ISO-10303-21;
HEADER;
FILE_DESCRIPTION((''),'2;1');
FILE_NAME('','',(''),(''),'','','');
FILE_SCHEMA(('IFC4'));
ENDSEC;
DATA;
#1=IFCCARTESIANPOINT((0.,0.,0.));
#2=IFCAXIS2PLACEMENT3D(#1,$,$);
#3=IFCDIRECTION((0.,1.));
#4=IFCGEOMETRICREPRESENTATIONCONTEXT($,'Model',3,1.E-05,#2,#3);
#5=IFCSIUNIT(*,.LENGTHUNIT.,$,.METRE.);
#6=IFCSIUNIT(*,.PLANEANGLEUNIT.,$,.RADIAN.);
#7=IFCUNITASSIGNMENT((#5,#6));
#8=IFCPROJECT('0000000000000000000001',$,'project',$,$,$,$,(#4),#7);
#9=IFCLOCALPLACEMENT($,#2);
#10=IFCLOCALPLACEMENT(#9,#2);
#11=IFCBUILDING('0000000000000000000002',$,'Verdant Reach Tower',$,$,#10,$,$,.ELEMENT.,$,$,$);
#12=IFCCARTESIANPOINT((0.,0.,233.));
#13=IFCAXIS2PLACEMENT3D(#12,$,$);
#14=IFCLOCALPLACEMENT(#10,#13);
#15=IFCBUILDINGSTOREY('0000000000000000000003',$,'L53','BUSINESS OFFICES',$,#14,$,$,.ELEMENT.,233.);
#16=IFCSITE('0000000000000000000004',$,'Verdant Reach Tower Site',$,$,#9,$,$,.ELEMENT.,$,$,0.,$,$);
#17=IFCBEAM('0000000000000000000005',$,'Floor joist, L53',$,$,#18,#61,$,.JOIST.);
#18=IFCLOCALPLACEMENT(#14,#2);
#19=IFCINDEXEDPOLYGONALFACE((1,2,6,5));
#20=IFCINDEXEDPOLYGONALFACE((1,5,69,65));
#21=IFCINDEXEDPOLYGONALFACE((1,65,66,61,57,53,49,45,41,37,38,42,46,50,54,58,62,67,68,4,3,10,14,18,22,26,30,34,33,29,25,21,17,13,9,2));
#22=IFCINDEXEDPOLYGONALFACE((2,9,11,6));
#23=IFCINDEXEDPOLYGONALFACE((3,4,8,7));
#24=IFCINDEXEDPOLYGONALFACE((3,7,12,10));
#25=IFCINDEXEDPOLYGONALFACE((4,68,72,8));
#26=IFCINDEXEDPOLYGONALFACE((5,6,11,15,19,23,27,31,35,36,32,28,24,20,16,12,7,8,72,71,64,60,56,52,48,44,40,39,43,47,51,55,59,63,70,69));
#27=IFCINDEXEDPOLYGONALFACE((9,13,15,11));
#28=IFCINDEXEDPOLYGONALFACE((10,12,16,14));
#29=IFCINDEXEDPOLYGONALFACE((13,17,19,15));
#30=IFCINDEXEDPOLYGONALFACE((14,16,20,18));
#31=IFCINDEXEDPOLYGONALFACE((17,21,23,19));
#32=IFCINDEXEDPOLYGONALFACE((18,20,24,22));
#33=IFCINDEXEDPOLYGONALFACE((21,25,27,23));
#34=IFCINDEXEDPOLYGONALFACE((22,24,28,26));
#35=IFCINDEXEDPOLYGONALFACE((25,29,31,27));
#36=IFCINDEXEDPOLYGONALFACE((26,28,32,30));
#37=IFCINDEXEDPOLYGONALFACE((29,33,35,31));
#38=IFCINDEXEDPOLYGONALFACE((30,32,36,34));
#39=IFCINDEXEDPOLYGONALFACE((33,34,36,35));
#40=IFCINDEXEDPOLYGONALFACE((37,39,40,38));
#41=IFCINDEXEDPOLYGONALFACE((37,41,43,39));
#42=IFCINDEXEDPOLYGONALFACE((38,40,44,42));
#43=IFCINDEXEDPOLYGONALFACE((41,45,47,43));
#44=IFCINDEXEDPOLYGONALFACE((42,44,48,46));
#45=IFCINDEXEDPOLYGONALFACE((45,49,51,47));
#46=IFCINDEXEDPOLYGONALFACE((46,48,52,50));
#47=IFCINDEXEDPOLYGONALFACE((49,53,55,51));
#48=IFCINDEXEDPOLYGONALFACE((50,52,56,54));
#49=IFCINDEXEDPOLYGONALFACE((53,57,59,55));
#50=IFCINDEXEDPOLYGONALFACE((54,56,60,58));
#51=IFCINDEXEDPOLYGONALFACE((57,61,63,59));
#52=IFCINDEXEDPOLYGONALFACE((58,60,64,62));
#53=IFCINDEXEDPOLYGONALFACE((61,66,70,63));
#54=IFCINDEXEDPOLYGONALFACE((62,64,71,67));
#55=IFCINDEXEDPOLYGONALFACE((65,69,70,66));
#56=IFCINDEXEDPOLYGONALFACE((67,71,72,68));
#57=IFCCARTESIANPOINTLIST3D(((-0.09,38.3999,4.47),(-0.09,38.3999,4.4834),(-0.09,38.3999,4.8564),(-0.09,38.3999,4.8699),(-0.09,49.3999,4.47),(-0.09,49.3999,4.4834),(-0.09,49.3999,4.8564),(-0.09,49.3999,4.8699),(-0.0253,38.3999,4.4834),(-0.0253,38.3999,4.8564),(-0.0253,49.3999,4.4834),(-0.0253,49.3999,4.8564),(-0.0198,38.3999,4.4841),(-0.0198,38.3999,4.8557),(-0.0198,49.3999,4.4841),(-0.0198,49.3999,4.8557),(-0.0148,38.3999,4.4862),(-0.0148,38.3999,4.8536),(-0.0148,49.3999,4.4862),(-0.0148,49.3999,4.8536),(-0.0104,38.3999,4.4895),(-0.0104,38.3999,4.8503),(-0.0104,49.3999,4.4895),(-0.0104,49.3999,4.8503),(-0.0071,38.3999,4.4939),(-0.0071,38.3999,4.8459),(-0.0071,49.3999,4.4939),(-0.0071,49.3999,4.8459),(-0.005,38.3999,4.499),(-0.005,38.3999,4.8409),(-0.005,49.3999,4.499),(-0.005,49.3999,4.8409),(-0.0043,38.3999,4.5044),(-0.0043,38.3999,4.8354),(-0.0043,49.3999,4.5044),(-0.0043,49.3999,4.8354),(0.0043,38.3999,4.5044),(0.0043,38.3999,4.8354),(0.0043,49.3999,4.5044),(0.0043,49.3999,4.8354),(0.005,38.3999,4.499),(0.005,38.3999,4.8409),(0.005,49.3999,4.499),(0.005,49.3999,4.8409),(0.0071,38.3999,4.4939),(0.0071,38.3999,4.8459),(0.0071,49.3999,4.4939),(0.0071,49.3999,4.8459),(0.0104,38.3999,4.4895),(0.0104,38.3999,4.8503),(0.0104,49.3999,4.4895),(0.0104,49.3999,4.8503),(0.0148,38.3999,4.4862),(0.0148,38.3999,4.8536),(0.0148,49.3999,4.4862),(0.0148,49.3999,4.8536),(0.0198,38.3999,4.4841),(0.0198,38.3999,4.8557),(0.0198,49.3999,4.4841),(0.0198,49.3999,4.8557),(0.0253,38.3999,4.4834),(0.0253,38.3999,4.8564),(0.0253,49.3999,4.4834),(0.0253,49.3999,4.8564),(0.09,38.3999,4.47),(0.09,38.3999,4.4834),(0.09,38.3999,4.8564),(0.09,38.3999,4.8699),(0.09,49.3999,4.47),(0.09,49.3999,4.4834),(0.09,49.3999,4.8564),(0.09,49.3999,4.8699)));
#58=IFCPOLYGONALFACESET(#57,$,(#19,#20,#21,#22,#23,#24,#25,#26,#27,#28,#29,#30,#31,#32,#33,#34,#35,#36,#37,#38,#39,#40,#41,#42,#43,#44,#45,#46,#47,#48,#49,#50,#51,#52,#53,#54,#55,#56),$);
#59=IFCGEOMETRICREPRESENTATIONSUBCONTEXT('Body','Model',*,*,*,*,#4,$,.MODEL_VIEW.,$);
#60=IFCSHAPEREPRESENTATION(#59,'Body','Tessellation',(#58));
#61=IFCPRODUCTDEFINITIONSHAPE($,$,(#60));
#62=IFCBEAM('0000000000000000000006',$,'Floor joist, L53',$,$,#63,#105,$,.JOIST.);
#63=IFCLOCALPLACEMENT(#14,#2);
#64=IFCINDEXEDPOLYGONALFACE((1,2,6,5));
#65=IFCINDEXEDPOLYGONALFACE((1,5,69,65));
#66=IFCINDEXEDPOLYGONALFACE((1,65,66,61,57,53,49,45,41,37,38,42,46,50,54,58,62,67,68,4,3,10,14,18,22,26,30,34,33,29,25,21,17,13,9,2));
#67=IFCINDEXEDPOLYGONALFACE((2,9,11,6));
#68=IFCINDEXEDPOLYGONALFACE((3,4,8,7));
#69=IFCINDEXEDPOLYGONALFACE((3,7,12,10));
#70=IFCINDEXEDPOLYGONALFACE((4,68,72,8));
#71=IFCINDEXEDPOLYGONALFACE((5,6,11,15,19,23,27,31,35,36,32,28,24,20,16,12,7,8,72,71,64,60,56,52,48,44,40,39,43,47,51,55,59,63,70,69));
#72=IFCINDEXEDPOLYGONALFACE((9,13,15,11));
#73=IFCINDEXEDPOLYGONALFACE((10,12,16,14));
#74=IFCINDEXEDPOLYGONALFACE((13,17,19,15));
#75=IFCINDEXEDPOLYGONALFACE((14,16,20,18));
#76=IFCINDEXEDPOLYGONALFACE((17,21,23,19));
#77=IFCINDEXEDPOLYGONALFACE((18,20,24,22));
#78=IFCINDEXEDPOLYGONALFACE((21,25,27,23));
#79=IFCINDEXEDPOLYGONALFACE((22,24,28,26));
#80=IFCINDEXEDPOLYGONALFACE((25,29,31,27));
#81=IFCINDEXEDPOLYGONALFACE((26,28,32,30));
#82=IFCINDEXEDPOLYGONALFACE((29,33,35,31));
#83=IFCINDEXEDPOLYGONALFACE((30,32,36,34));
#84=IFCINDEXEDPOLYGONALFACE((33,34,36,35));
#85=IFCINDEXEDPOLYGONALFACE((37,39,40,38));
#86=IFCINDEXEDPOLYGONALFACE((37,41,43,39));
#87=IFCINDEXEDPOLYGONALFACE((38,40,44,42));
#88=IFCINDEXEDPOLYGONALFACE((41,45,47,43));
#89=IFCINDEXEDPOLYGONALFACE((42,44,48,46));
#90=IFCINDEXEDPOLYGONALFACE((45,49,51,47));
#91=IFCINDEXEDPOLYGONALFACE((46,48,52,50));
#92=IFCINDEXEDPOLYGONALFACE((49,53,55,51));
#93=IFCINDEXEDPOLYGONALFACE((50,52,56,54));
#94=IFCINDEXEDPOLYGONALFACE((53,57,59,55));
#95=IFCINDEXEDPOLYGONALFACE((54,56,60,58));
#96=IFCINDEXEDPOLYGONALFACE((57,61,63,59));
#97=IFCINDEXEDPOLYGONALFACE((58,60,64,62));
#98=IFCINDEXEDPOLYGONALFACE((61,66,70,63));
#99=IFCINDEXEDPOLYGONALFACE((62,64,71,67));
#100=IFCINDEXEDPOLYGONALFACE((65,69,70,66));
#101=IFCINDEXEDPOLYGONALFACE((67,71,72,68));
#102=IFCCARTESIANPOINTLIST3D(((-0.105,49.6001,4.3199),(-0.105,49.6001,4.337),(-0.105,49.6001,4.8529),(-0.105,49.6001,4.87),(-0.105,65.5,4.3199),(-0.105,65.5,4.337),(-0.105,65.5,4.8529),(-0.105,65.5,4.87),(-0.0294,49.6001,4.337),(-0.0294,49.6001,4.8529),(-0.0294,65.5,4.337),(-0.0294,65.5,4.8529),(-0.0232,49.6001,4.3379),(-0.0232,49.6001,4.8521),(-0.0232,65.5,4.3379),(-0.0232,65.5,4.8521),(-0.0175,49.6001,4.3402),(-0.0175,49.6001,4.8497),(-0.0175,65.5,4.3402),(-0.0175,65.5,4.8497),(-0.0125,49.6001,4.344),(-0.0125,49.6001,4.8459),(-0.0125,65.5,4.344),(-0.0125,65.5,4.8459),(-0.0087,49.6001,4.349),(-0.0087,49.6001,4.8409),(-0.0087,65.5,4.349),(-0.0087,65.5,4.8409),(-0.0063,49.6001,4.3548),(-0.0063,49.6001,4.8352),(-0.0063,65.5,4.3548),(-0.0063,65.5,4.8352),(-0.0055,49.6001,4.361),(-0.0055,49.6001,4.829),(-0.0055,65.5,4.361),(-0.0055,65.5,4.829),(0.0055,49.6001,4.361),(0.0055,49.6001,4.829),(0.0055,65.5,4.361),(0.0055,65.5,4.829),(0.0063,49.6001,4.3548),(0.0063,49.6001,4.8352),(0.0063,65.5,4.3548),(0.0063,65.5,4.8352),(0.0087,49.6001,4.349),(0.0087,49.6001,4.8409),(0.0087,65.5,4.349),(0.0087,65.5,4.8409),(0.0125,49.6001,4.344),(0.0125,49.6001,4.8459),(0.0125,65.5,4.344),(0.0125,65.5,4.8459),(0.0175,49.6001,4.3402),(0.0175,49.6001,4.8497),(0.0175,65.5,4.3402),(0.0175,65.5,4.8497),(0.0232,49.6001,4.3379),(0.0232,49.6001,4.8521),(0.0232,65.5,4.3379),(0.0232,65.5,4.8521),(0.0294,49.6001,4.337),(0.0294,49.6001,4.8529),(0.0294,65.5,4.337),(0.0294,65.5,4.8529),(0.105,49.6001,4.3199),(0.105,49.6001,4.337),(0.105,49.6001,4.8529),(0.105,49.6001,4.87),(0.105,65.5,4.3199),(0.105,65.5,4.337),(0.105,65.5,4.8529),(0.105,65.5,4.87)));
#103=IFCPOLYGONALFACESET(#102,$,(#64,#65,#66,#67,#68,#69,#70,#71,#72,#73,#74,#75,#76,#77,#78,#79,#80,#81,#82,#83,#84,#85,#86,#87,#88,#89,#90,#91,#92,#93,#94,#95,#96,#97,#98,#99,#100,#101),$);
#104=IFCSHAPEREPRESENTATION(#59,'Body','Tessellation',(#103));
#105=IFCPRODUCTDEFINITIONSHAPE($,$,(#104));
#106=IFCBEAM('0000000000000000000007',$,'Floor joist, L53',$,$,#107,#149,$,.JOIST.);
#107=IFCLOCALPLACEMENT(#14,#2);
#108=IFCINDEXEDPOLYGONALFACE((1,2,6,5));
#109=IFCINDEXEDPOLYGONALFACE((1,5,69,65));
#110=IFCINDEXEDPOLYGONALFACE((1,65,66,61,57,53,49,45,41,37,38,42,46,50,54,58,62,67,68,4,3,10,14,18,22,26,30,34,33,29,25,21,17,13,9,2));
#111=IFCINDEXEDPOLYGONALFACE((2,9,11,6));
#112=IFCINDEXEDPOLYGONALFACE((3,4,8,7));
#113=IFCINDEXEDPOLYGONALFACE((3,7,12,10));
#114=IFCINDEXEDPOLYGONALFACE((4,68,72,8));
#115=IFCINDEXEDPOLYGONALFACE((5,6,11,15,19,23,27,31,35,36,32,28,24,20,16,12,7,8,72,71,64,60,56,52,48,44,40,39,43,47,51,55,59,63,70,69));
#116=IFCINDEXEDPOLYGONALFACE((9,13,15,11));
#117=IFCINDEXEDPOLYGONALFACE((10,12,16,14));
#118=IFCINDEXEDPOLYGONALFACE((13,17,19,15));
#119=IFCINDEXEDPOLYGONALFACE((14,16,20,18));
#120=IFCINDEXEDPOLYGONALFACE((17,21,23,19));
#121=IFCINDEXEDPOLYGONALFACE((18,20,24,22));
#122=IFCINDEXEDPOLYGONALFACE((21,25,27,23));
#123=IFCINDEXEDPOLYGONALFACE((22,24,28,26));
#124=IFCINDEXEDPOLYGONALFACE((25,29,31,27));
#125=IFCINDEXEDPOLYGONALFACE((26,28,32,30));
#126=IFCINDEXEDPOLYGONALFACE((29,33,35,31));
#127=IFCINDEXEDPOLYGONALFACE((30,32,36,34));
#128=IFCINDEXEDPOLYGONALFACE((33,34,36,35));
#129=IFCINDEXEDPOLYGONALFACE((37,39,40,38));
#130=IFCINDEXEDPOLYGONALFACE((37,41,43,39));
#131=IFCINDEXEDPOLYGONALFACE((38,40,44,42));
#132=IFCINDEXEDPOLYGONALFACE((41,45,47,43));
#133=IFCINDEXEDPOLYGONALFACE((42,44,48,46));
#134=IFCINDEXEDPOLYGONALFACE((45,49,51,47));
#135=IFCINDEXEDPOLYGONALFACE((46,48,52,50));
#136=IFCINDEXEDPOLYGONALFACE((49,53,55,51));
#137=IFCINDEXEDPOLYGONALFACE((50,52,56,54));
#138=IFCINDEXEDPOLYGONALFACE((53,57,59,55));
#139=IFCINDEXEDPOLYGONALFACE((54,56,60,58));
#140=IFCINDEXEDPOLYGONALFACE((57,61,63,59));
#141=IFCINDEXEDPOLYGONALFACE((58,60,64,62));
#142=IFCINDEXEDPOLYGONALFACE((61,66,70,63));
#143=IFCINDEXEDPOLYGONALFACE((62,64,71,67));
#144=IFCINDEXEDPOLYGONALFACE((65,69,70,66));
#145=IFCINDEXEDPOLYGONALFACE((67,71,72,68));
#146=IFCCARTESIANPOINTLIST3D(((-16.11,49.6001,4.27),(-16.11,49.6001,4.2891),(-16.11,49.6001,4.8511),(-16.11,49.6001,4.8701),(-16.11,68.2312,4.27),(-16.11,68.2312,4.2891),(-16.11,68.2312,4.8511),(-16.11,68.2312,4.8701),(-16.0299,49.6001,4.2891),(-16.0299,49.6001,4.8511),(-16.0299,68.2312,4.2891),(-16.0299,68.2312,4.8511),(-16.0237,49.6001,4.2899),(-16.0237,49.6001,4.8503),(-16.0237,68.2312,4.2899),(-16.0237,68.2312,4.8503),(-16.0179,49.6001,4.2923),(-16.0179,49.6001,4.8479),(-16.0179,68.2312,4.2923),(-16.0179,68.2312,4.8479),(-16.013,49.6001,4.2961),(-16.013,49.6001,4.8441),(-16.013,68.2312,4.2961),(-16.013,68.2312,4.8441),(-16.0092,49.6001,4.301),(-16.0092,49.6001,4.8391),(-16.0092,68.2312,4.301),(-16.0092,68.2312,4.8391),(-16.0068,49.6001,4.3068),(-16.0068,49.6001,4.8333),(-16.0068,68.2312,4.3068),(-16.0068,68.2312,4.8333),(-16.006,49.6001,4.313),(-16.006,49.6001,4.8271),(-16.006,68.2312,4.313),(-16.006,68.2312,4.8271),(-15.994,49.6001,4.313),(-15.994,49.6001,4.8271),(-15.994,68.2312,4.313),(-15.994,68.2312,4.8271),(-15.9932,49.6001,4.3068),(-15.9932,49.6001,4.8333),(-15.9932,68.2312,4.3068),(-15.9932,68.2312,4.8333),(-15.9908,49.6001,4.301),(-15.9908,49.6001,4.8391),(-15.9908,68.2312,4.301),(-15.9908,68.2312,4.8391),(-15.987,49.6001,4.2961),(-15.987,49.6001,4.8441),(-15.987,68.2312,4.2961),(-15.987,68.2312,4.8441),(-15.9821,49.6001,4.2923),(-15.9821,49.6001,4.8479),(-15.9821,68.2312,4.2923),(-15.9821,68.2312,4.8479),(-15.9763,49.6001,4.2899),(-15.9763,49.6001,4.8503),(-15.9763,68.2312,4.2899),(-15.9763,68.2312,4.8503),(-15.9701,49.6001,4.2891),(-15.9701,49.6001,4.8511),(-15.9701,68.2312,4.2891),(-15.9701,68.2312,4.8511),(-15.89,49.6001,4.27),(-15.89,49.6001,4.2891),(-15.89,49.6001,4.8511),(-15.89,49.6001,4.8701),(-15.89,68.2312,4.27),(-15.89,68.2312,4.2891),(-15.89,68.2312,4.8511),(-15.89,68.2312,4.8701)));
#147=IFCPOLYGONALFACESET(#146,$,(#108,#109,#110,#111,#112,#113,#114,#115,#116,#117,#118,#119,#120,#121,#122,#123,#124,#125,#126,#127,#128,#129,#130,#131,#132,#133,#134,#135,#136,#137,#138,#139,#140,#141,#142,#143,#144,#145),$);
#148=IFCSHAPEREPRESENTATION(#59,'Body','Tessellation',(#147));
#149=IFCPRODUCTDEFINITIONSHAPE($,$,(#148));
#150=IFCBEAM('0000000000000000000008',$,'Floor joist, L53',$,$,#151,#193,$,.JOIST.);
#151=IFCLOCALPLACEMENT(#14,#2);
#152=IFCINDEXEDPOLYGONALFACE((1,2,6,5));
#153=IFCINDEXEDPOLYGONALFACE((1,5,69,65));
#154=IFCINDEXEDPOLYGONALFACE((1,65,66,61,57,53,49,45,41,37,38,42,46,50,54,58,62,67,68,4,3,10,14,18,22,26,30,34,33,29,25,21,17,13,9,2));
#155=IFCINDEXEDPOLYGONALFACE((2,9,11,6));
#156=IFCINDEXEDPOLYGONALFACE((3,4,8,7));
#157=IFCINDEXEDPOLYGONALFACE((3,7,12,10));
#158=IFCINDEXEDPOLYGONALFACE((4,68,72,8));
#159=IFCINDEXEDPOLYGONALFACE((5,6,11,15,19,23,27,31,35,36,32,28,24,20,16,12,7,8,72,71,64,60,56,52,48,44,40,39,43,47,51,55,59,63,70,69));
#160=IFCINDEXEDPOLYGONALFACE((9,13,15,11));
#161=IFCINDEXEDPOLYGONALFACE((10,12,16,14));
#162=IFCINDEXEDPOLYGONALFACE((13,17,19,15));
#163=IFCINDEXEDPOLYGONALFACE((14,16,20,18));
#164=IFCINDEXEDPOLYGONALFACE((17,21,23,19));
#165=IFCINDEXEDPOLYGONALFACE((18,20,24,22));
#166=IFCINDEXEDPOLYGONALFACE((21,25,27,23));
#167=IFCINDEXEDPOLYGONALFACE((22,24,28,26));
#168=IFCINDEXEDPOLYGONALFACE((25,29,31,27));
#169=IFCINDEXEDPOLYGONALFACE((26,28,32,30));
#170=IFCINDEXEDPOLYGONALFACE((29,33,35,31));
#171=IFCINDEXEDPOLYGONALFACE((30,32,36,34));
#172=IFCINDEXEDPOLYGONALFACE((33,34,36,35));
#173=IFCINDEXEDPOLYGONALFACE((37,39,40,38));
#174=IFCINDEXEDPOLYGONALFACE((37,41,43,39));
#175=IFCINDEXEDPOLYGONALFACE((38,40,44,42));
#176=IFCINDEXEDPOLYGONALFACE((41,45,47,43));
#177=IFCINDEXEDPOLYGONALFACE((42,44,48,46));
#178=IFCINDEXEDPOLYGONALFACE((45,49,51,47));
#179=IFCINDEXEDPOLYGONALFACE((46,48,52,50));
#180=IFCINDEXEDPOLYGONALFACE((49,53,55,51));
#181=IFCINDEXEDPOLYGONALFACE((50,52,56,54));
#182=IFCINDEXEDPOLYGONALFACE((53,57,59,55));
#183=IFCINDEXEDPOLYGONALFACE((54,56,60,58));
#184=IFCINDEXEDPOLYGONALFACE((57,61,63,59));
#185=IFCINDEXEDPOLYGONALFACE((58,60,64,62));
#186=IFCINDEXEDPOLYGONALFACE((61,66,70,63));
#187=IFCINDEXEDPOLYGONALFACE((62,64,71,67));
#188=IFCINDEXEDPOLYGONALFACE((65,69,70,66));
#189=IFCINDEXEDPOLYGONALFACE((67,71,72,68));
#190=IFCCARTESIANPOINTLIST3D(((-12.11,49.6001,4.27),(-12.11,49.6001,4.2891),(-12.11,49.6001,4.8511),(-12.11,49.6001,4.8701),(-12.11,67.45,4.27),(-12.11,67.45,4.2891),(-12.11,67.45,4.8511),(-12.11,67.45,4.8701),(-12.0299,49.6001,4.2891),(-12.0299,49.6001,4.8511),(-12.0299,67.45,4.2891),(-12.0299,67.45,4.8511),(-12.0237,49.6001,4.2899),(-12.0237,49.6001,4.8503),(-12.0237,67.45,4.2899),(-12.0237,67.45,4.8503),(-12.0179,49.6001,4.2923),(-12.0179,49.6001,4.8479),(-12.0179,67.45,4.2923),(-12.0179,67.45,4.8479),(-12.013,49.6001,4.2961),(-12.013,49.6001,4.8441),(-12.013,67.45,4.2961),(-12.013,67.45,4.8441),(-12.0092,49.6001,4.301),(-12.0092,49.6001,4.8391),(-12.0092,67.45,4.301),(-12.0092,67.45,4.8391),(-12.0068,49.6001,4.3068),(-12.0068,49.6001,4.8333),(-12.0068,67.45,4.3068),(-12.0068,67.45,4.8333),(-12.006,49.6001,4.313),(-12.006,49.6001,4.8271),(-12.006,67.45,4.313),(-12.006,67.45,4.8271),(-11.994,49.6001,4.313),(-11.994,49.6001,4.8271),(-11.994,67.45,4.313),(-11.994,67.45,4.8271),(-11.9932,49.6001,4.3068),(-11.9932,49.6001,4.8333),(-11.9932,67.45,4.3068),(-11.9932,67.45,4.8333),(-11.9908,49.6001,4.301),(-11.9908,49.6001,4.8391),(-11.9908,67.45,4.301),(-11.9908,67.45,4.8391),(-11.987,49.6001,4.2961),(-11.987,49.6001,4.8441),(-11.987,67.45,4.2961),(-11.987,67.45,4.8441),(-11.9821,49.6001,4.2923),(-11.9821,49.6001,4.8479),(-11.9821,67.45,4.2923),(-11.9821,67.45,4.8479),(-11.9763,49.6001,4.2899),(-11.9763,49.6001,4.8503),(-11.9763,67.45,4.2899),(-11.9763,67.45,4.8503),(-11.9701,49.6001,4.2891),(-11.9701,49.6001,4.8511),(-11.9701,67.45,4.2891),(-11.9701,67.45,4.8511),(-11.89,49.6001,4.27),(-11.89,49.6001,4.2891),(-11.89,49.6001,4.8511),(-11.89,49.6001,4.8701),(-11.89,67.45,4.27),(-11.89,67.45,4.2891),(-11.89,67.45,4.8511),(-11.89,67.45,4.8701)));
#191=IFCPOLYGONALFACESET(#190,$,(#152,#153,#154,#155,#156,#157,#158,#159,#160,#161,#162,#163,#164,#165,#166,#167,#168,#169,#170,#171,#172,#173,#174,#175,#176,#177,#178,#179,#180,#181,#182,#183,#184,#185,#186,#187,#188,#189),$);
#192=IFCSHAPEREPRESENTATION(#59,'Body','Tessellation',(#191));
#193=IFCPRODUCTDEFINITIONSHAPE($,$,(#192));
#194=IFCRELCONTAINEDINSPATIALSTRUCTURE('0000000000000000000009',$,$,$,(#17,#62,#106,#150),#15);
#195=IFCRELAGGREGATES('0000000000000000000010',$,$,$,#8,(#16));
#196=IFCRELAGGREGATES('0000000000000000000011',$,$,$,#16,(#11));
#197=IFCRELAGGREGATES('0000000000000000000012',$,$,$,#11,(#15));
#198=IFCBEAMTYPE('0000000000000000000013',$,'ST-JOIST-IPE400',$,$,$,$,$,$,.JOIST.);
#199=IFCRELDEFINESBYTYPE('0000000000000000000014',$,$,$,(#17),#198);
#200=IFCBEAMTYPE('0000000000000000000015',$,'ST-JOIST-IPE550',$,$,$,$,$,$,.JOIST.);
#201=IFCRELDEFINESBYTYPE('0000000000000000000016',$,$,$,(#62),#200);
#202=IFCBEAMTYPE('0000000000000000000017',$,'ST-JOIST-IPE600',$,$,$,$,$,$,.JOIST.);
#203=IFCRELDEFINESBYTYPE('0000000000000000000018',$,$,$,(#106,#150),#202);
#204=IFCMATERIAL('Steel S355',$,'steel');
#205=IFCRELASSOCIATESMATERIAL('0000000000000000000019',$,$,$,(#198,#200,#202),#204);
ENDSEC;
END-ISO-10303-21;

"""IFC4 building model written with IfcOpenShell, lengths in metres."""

from ifc_helpers import new_model, si_unit, direction, frame, origin, origin_2d, place, context, subcontext, project, spatial, i_section, extrude, material, material_profile, profile_set, type_object, element, save


model = new_model("IFC4")

# Units and contexts
model_context = context("Model", 3, precision=1e-05, world=origin(), true_north=direction((0.0, 1.0)))
body_context = subcontext(model_context, "Body", "Model", "MODEL_VIEW")
ifc_project = project(units=[si_unit("LENGTHUNIT", "METRE"), si_unit("PLANEANGLEUNIT", "RADIAN")], contexts=[model_context])

# Site, building, storey
site_placement = place(None, origin())
site = spatial("IfcSite", under=ifc_project, at=site_placement, Name="Verdant Reach Tower Site", CompositionType="ELEMENT", RefElevation=0.0)
building_placement = place(site_placement, origin())
building = spatial("IfcBuilding", under=site, at=building_placement, Name="Verdant Reach Tower", CompositionType="ELEMENT")
storey_placement = place(building_placement, frame((0.0, 0.0, 233.0)))
storey = spatial("IfcBuildingStorey", under=building, at=storey_placement, Name="L53", Description="BUSINESS OFFICES", CompositionType="ELEMENT", Elevation=233.0)

# Beams
ifc_material_1 = material(Name="Steel S355", Category="steel")
ifc_material_profile_1 = material_profile(ifc_material_1, i_section(OverallWidth=0.1799, OverallDepth=0.3999, WebThickness=0.0085, FlangeThickness=0.0134, FilletRadius=0.021, at=origin_2d()), Name="IPE 400")
ifc_profile_set_1 = profile_set([ifc_material_profile_1], Name="Steel S355")
beam_type_1 = type_object("IfcBeamType", Name="ST-JOIST-IPE400", PredefinedType="JOIST", material=ifc_profile_set_1)
for number, where, z_axis, x_axis, name in (
    (1, (0.0, 38.3999, 4.6699), (0.0, 1.0, 0.0), (-1.0, 0.0, 0.0), "Floor joist, L53"),
):
    element("IfcBeam", number, at=place(storey_placement, frame(where, z_axis=z_axis, x_axis=x_axis)), inside=storey, type_object=beam_type_1, Name=name, PredefinedType="JOIST", context=body_context, shape_type="SweptSolid", body=[
        extrude(i_section(OverallWidth=0.1799, OverallDepth=0.3999, WebThickness=0.0085, FlangeThickness=0.0134, FilletRadius=0.021, at=origin_2d()), origin(), (0.0, 0.0, 1.0), 11.0),
    ])
ifc_material_profile_2 = material_profile(ifc_material_1, i_section(OverallWidth=0.21, OverallDepth=0.55, WebThickness=0.011, FlangeThickness=0.0171, FilletRadius=0.0239, at=origin_2d()), Name="IPE 550")
ifc_profile_set_2 = profile_set([ifc_material_profile_2], Name="Steel S355")
beam_type_2 = type_object("IfcBeamType", Name="ST-JOIST-IPE550", PredefinedType="JOIST", material=ifc_profile_set_2)
beam_1_placement = place(storey_placement, frame((0.0, 49.6001, 4.595), z_axis=(0.0, 1.0, 0.0), x_axis=(-1.0, 0.0, 0.0)))
element("IfcBeam", 2, at=beam_1_placement, inside=storey, type_object=beam_type_2, Name="Floor joist, L53", PredefinedType="JOIST", context=body_context, shape_type="SweptSolid", body=[
    extrude(i_section(OverallWidth=0.21, OverallDepth=0.55, WebThickness=0.011, FlangeThickness=0.0171, FilletRadius=0.0239, at=origin_2d()), origin(), (0.0, 0.0, 1.0), 15.8999),
])
ifc_material_profile_3 = material_profile(ifc_material_1, i_section(OverallWidth=0.22, OverallDepth=0.6001, WebThickness=0.012, FlangeThickness=0.019, FilletRadius=0.0239, at=origin_2d()), Name="IPE 600")
ifc_profile_set_3 = profile_set([ifc_material_profile_3], Name="Steel S355")
beam_type_3 = type_object("IfcBeamType", Name="ST-JOIST-IPE600", PredefinedType="JOIST", material=ifc_profile_set_3)
beam_2_placement = place(storey_placement, frame((-16.0, 49.6001, 4.5701), z_axis=(0.0, 1.0, 0.0), x_axis=(-1.0, 0.0, 0.0)))
element("IfcBeam", 3, at=beam_2_placement, inside=storey, type_object=beam_type_3, Name="Floor joist, L53", PredefinedType="JOIST", context=body_context, shape_type="SweptSolid", body=[
    extrude(i_section(OverallWidth=0.22, OverallDepth=0.6001, WebThickness=0.012, FlangeThickness=0.019, FilletRadius=0.0239, at=origin_2d()), origin(), (0.0, 0.0, 1.0), 18.6311),
])
beam_3_placement = place(storey_placement, frame((-12.0, 49.6001, 4.5701), z_axis=(0.0, 1.0, 0.0), x_axis=(-1.0, 0.0, 0.0)))
element("IfcBeam", 4, at=beam_3_placement, inside=storey, type_object=beam_type_3, Name="Floor joist, L53", PredefinedType="JOIST", context=body_context, shape_type="SweptSolid", body=[
    extrude(i_section(OverallWidth=0.22, OverallDepth=0.6001, WebThickness=0.012, FlangeThickness=0.019, FilletRadius=0.0239, at=origin_2d()), origin(), (0.0, 0.0, 1.0), 17.8499),
])

save(model, "model.ifc")
